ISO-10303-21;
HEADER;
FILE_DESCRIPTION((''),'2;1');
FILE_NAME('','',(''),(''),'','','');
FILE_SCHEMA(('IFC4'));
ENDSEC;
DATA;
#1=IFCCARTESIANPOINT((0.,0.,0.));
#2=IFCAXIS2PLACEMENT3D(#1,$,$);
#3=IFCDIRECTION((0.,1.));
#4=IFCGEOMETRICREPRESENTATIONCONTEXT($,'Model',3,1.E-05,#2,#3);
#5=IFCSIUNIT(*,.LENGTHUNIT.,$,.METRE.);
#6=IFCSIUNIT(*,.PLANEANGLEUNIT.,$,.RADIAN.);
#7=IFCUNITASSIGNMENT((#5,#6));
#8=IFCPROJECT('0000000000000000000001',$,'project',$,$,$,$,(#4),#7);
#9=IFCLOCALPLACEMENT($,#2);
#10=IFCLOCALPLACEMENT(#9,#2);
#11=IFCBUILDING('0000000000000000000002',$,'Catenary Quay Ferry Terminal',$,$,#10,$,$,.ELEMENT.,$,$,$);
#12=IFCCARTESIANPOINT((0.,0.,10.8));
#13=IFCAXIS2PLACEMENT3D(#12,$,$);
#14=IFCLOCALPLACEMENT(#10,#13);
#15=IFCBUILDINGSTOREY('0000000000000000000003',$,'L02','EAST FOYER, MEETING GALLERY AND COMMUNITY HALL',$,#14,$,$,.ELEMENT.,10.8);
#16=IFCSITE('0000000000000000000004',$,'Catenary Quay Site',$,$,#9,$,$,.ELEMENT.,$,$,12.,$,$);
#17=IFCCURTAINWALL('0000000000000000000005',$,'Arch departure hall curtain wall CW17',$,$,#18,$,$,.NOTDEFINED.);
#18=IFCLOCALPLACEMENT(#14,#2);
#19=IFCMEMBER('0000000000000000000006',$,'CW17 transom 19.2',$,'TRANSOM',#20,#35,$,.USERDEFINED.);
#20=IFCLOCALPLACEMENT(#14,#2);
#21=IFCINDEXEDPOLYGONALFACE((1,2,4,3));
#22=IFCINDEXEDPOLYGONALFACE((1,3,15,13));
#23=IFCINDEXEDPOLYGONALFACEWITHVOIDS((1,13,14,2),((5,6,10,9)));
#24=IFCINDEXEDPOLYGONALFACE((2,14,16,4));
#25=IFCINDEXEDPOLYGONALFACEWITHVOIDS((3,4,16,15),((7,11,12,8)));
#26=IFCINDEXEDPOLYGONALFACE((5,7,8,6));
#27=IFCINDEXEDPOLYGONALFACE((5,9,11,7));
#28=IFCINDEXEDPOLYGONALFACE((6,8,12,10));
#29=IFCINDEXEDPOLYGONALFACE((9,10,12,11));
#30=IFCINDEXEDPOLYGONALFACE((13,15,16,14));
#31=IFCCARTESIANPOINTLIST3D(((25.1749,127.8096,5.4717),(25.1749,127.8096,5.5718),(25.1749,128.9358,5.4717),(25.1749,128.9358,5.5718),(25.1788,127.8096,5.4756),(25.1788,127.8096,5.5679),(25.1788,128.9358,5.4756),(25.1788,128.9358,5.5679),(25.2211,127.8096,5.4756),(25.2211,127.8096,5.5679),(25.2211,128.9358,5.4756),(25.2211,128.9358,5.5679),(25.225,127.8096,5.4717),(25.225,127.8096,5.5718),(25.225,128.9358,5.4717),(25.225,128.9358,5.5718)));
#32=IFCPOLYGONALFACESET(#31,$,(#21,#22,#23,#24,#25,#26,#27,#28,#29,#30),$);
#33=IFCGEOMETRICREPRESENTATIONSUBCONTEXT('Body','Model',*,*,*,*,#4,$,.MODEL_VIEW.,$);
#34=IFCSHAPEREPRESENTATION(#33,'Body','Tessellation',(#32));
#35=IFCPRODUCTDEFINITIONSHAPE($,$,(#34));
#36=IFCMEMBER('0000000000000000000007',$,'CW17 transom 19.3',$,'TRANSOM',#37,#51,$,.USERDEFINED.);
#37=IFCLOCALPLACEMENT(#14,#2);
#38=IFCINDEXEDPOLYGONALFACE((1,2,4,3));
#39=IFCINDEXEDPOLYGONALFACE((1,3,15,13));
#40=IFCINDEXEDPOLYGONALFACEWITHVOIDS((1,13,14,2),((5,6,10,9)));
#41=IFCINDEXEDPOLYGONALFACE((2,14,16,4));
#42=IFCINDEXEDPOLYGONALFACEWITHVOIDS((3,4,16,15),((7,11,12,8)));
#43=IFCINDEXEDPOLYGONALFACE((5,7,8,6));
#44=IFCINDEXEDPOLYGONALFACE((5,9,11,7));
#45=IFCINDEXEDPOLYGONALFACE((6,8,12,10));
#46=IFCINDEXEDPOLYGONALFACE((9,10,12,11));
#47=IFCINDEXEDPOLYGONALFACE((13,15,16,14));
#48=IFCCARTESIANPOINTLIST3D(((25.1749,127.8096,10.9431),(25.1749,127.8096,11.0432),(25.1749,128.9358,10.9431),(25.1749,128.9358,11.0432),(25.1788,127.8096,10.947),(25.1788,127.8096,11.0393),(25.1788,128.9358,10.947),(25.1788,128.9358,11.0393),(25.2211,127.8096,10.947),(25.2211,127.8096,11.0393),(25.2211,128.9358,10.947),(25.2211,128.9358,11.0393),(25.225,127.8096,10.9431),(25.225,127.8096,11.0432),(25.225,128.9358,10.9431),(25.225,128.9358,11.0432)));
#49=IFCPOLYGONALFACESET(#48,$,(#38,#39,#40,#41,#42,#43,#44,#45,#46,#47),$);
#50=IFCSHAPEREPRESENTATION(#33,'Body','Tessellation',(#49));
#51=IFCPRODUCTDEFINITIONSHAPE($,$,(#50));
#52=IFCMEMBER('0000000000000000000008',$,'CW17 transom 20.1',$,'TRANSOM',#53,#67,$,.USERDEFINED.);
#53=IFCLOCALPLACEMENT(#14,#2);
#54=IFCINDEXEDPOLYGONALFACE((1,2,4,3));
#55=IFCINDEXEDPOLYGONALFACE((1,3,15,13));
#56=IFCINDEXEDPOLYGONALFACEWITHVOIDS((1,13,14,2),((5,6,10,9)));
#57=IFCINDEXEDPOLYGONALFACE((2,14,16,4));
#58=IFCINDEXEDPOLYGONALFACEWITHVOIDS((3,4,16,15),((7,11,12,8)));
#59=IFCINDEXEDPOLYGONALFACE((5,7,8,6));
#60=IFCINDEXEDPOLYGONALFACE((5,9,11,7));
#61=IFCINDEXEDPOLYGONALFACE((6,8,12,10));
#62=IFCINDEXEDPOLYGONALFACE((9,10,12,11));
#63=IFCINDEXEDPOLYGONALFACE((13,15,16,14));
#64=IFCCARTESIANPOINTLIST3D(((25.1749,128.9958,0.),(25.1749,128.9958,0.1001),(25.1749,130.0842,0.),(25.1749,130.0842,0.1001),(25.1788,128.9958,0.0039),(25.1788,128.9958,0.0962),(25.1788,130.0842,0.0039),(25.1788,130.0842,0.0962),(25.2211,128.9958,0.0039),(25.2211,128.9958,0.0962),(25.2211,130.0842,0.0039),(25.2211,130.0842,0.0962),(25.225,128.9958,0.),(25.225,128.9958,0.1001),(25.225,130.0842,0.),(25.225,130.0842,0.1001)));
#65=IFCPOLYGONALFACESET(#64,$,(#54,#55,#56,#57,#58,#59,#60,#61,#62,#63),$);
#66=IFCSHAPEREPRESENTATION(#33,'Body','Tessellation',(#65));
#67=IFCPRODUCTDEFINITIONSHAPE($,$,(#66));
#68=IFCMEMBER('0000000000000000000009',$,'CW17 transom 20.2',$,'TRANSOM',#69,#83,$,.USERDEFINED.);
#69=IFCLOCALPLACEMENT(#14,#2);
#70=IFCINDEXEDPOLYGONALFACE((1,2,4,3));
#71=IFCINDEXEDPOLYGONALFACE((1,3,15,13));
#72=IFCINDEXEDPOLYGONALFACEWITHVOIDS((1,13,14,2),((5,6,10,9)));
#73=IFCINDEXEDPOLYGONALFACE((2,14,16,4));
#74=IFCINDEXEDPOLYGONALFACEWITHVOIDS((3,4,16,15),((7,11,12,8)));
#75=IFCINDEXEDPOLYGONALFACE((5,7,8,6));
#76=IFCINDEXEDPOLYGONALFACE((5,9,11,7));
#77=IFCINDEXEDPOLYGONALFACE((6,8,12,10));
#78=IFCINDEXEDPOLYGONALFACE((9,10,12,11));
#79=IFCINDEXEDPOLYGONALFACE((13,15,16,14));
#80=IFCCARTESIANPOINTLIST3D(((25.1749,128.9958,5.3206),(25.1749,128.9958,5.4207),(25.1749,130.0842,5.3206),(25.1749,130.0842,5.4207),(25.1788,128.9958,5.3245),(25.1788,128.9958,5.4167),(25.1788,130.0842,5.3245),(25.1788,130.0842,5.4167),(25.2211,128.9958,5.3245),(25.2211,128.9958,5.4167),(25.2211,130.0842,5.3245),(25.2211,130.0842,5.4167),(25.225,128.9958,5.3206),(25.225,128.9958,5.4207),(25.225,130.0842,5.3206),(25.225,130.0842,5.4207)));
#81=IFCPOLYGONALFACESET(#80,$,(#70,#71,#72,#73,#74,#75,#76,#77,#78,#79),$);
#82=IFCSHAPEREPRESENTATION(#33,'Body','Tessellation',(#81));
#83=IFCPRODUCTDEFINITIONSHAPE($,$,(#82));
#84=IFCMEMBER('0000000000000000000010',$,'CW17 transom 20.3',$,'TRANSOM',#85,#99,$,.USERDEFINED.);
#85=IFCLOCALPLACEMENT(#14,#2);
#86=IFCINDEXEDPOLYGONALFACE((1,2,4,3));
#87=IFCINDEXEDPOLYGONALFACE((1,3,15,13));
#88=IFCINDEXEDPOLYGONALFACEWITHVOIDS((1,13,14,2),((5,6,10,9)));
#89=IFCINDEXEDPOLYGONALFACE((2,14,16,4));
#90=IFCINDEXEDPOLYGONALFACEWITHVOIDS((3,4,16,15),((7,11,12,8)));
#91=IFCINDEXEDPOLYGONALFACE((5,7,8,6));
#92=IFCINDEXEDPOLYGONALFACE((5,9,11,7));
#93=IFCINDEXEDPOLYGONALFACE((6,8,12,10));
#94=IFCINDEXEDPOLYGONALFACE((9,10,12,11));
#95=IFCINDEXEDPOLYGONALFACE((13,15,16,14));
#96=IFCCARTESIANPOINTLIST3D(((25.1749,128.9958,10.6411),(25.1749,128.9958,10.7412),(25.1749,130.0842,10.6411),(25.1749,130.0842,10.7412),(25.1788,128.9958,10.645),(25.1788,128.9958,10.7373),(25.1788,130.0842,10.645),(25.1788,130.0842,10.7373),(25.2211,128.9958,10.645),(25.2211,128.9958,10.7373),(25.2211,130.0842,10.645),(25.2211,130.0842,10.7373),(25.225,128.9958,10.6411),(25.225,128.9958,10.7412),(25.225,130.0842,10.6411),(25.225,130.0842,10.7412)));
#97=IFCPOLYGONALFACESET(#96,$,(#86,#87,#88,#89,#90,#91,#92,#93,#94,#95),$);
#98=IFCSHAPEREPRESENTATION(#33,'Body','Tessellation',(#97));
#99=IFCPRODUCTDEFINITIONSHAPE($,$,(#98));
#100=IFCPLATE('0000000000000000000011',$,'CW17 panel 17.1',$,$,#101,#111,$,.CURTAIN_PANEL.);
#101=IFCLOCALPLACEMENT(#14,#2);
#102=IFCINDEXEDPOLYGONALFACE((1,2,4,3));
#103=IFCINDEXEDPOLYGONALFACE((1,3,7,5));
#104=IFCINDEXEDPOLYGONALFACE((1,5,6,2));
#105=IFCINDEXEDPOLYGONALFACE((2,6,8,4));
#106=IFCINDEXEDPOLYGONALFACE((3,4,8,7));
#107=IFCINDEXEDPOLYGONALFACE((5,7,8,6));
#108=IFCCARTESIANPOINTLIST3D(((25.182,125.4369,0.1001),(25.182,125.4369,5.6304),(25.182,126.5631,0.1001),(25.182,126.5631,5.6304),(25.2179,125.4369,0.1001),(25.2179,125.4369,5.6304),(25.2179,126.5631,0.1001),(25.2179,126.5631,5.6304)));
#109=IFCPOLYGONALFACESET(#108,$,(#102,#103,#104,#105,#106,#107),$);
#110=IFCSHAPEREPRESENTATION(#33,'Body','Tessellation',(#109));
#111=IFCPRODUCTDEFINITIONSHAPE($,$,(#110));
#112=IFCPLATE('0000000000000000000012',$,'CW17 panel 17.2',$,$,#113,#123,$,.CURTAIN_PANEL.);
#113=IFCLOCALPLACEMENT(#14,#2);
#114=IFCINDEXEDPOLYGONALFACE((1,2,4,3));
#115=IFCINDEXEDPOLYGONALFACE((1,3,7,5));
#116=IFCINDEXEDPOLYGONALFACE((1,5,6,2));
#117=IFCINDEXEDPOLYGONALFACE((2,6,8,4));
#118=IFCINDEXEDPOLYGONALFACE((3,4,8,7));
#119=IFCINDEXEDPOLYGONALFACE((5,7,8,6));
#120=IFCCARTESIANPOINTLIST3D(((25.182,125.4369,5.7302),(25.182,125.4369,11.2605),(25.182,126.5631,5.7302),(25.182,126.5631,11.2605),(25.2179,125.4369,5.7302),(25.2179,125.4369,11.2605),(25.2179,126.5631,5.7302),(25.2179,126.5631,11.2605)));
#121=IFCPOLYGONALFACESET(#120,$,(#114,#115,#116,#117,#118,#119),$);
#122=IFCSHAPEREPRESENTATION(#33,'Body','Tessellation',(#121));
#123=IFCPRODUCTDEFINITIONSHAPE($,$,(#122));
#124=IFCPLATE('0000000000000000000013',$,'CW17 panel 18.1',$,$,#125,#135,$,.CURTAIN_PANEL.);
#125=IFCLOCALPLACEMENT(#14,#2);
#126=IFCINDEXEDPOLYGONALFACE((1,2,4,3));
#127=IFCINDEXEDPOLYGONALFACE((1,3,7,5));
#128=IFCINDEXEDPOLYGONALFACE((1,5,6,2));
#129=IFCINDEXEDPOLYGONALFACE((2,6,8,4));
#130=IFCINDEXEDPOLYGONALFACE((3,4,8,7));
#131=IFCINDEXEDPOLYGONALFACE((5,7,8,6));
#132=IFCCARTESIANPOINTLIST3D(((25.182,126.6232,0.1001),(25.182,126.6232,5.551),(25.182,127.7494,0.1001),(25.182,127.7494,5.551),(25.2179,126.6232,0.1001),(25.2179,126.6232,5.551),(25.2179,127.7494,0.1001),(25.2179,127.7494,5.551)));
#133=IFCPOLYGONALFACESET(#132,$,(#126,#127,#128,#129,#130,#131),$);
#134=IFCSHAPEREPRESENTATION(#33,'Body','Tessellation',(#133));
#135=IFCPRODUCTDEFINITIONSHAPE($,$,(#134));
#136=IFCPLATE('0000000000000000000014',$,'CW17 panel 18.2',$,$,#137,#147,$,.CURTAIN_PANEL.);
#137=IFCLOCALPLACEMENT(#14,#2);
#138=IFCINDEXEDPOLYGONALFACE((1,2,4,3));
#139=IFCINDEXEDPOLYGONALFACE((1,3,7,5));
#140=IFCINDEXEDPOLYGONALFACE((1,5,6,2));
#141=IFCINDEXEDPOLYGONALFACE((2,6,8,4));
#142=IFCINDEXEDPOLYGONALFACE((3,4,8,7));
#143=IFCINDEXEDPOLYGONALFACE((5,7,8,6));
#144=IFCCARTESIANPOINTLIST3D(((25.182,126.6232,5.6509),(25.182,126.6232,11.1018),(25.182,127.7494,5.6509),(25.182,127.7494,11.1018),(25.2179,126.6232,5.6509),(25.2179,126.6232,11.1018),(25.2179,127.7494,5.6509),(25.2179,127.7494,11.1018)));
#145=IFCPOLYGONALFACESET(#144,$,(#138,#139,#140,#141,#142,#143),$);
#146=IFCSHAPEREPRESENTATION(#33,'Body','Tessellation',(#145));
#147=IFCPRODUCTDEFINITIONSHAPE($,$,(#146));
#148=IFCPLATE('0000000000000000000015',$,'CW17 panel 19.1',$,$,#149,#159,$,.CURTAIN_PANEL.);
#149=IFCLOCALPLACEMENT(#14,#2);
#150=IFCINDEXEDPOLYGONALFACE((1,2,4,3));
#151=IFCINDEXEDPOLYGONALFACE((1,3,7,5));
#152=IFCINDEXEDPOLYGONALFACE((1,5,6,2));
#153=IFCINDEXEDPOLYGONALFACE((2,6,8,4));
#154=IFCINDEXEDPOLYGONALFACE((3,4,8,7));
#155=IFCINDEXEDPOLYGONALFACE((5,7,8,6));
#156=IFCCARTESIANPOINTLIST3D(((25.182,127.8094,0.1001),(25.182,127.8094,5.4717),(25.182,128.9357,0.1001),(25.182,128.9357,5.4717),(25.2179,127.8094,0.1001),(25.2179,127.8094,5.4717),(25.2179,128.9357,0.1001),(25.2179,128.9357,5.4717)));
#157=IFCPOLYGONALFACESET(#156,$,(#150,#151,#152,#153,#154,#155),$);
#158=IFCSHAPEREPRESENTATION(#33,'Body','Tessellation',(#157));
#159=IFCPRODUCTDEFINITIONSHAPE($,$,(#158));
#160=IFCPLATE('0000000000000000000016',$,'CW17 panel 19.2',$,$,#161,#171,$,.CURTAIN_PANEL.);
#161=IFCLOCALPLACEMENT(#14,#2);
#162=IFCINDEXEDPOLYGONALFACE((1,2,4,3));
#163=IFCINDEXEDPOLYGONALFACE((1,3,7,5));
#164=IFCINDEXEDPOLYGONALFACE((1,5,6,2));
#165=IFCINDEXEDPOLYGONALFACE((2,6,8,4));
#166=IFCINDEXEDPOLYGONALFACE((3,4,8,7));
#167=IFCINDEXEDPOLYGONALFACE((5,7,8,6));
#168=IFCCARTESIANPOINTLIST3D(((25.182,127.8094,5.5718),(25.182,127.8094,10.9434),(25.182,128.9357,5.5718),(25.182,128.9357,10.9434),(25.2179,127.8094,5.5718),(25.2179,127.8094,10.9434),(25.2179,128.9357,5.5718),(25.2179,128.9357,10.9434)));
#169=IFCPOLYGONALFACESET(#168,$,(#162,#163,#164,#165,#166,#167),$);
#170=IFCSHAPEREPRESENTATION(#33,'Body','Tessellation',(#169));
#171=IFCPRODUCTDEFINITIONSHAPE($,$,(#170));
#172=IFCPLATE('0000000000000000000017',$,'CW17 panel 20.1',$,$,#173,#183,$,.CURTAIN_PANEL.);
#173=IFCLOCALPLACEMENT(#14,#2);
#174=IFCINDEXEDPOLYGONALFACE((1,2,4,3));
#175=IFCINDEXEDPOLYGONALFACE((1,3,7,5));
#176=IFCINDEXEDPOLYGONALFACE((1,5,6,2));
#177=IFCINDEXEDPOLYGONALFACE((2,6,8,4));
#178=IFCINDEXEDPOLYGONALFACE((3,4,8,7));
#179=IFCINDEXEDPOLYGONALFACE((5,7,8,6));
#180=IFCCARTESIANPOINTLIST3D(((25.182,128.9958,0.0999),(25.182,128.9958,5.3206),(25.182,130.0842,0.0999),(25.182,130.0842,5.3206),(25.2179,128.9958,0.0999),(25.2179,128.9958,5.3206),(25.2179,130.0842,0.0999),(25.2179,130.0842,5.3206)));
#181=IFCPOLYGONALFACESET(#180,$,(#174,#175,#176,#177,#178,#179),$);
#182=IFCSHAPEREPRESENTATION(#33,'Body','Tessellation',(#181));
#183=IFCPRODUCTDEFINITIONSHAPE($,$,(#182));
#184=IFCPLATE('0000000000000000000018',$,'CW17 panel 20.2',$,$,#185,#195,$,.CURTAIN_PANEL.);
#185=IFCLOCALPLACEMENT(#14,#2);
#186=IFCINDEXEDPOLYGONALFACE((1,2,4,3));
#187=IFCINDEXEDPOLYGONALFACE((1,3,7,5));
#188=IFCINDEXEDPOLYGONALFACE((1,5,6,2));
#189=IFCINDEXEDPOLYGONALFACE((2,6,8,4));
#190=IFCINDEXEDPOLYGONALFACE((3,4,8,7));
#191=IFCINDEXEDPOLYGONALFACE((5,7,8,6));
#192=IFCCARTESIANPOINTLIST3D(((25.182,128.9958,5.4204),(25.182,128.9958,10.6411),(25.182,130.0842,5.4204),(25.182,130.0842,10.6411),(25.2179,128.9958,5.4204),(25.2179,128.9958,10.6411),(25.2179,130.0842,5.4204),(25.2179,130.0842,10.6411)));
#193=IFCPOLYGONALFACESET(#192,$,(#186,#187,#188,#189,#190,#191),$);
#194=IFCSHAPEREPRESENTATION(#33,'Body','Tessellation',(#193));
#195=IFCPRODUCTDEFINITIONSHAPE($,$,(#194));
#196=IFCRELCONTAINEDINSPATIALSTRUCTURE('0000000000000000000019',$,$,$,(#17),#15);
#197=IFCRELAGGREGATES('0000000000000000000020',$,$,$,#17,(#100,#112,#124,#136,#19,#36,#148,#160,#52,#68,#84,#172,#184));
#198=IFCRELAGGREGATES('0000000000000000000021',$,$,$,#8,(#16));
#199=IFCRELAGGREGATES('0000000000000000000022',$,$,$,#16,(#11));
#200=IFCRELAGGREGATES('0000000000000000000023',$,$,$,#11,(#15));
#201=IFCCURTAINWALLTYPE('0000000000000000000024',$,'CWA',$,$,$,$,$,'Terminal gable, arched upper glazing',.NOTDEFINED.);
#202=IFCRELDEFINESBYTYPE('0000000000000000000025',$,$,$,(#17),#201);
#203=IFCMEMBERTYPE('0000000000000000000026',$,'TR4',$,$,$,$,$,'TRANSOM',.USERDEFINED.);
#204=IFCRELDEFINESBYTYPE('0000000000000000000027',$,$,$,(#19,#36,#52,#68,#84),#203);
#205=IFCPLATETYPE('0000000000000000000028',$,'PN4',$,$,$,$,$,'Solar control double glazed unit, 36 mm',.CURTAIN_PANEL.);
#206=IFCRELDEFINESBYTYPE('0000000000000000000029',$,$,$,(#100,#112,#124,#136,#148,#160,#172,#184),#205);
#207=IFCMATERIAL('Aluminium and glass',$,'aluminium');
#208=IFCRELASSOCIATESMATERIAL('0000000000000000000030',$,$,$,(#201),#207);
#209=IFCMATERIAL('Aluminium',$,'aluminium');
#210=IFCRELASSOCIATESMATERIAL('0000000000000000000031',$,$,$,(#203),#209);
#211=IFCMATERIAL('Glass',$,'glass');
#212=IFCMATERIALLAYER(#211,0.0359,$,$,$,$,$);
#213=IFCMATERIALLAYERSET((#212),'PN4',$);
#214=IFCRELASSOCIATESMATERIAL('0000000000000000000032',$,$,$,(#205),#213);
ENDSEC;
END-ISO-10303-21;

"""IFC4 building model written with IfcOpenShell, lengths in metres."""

from ifc_helpers import new_model, si_unit, direction, frame, origin, origin_2d, place, context, subcontext, project, spatial, rectangle, hollow_rectangle, extrude, material, layer, layer_set, material_profile, profile_set, type_object, element, aggregate, save


model = new_model("IFC4")

# Units and contexts
model_context = context("Model", 3, precision=1e-05, world=origin(), true_north=direction((0.0, 1.0)))
body_context = subcontext(model_context, "Body", "Model", "MODEL_VIEW")
ifc_project = project(units=[si_unit("LENGTHUNIT", "METRE"), si_unit("PLANEANGLEUNIT", "RADIAN")], contexts=[model_context])

# Site, building, storey
site_placement = place(None, origin())
site = spatial("IfcSite", under=ifc_project, at=site_placement, Name="Catenary Quay Site", CompositionType="ELEMENT", RefElevation=12.0)
building_placement = place(site_placement, origin())
building = spatial("IfcBuilding", under=site, at=building_placement, Name="Catenary Quay Ferry Terminal", CompositionType="ELEMENT")
storey_placement = place(building_placement, frame((0.0, 0.0, 10.8)))
storey = spatial("IfcBuildingStorey", under=building, at=storey_placement, Name="L02", Description="EAST FOYER, MEETING GALLERY AND COMMUNITY HALL", CompositionType="ELEMENT", Elevation=10.8)

# Curtain wall, members, plates
ifc_material_1 = material(Name="Aluminium and glass", Category="aluminium")
curtain_wall_type = type_object("IfcCurtainWallType", Name="CWA", ElementType="Terminal gable, arched upper glazing", PredefinedType="NOTDEFINED", material=ifc_material_1)
curtain_wall_placement = place(storey_placement, origin())
curtain_wall = element("IfcCurtainWall", 1, at=curtain_wall_placement, inside=storey, type_object=curtain_wall_type, Name="Arch departure hall curtain wall CW17", PredefinedType="NOTDEFINED")
ifc_material_2 = material(Name="Aluminium", Category="aluminium")
ifc_material_profile_1 = material_profile(ifc_material_2, hollow_rectangle(XDim=0.05, YDim=0.1001, WallThickness=0.0039, at=origin_2d()), Name="TR4")
ifc_profile_set_1 = profile_set([ifc_material_profile_1], Name="Aluminium")
member_type_1 = type_object("IfcMemberType", Name="TR4", ElementType="TRANSOM", PredefinedType="USERDEFINED", material=ifc_profile_set_1)
member_1_placement = place(storey_placement, frame((25.2, 127.8096, 5.5217), z_axis=(0.0, 1.0, 0.0), x_axis=(-1.0, 0.0, 0.0)))
member_1 = element("IfcMember", 2, at=member_1_placement, type_object=member_type_1, Name="CW17 transom 19.2", ObjectType="TRANSOM", PredefinedType="USERDEFINED", context=body_context, shape_type="SweptSolid", body=[
    extrude(hollow_rectangle(XDim=0.05, YDim=0.1001, WallThickness=0.0039, at=origin_2d()), origin(), (0.0, 0.0, 1.0), 1.1262),
])
member_2_placement = place(storey_placement, frame((25.2, 127.8096, 10.9932), z_axis=(0.0, 1.0, 0.0), x_axis=(-1.0, 0.0, 0.0)))
member_2 = element("IfcMember", 3, at=member_2_placement, type_object=member_type_1, Name="CW17 transom 19.3", ObjectType="TRANSOM", PredefinedType="USERDEFINED", context=body_context, shape_type="SweptSolid", body=[
    extrude(hollow_rectangle(XDim=0.05, YDim=0.1001, WallThickness=0.0039, at=origin_2d()), origin(), (0.0, 0.0, 1.0), 1.1262),
])
member_3_placement = place(storey_placement, frame((25.2, 128.9958, 0.05), z_axis=(0.0, 1.0, 0.0), x_axis=(-1.0, 0.0, 0.0)))
member_3 = element("IfcMember", 4, at=member_3_placement, type_object=member_type_1, Name="CW17 transom 20.1", ObjectType="TRANSOM", PredefinedType="USERDEFINED", context=body_context, shape_type="SweptSolid", body=[
    extrude(hollow_rectangle(XDim=0.05, YDim=0.1001, WallThickness=0.0039, at=origin_2d()), origin(), (0.0, 0.0, 1.0), 1.0884),
])
member_4_placement = place(storey_placement, frame((25.2, 128.9958, 5.3706), z_axis=(0.0, 1.0, 0.0), x_axis=(-1.0, 0.0, 0.0)))
member_4 = element("IfcMember", 5, at=member_4_placement, type_object=member_type_1, Name="CW17 transom 20.2", ObjectType="TRANSOM", PredefinedType="USERDEFINED", context=body_context, shape_type="SweptSolid", body=[
    extrude(hollow_rectangle(XDim=0.05, YDim=0.1001, WallThickness=0.0039, at=origin_2d()), origin(), (0.0, 0.0, 1.0), 1.0884),
])
member_5_placement = place(storey_placement, frame((25.2, 128.9958, 10.6912), z_axis=(0.0, 1.0, 0.0), x_axis=(-1.0, 0.0, 0.0)))
member_5 = element("IfcMember", 6, at=member_5_placement, type_object=member_type_1, Name="CW17 transom 20.3", ObjectType="TRANSOM", PredefinedType="USERDEFINED", context=body_context, shape_type="SweptSolid", body=[
    extrude(hollow_rectangle(XDim=0.05, YDim=0.1001, WallThickness=0.0039, at=origin_2d()), origin(), (0.0, 0.0, 1.0), 1.0884),
])
ifc_material_3 = material(Name="Glass", Category="glass")
ifc_layer_1 = layer(ifc_material_3, 0.0359)
ifc_layer_set_1 = layer_set([ifc_layer_1], Name="PN4")
plate_type_1 = type_object("IfcPlateType", Name="PN4", ElementType="Solar control double glazed unit, 36 mm", PredefinedType="CURTAIN_PANEL", material=ifc_layer_set_1)
plate_1_placement = place(storey_placement, frame((25.2, 126.0, 0.1001), z_axis=(0.0, 0.0, 1.0), x_axis=(0.0, 1.0, 0.0)))
plate_1 = element("IfcPlate", 7, at=plate_1_placement, type_object=plate_type_1, Name="CW17 panel 17.1", PredefinedType="CURTAIN_PANEL", context=body_context, shape_type="SweptSolid", body=[
    extrude(rectangle(XDim=1.1262, YDim=0.0359, at=origin_2d()), origin(), (0.0, 0.0, 1.0), 5.5303),
])
plate_2_placement = place(storey_placement, frame((25.2, 126.0, 5.7302), z_axis=(0.0, 0.0, 1.0), x_axis=(0.0, 1.0, 0.0)))
plate_2 = element("IfcPlate", 8, at=plate_2_placement, type_object=plate_type_1, Name="CW17 panel 17.2", PredefinedType="CURTAIN_PANEL", context=body_context, shape_type="SweptSolid", body=[
    extrude(rectangle(XDim=1.1262, YDim=0.0359, at=origin_2d()), origin(), (0.0, 0.0, 1.0), 5.5303),
])
plate_3_placement = place(storey_placement, frame((25.2, 127.1863, 0.1001), z_axis=(0.0, 0.0, 1.0), x_axis=(0.0, 1.0, 0.0)))
plate_3 = element("IfcPlate", 9, at=plate_3_placement, type_object=plate_type_1, Name="CW17 panel 18.1", PredefinedType="CURTAIN_PANEL", context=body_context, shape_type="SweptSolid", body=[
    extrude(rectangle(XDim=1.1262, YDim=0.0359, at=origin_2d()), origin(), (0.0, 0.0, 1.0), 5.4509),
])
plate_4_placement = place(storey_placement, frame((25.2, 127.1863, 5.6509), z_axis=(0.0, 0.0, 1.0), x_axis=(0.0, 1.0, 0.0)))
plate_4 = element("IfcPlate", 10, at=plate_4_placement, type_object=plate_type_1, Name="CW17 panel 18.2", PredefinedType="CURTAIN_PANEL", context=body_context, shape_type="SweptSolid", body=[
    extrude(rectangle(XDim=1.1262, YDim=0.0359, at=origin_2d()), origin(), (0.0, 0.0, 1.0), 5.4509),
])
plate_5_placement = place(storey_placement, frame((25.2, 128.3726, 0.1001), z_axis=(0.0, 0.0, 1.0), x_axis=(0.0, 1.0, 0.0)))
plate_5 = element("IfcPlate", 11, at=plate_5_placement, type_object=plate_type_1, Name="CW17 panel 19.1", PredefinedType="CURTAIN_PANEL", context=body_context, shape_type="SweptSolid", body=[
    extrude(rectangle(XDim=1.1262, YDim=0.0359, at=origin_2d()), origin(), (0.0, 0.0, 1.0), 5.3716),
])
plate_6_placement = place(storey_placement, frame((25.2, 128.3726, 5.5718), z_axis=(0.0, 0.0, 1.0), x_axis=(0.0, 1.0, 0.0)))
plate_6 = element("IfcPlate", 12, at=plate_6_placement, type_object=plate_type_1, Name="CW17 panel 19.2", PredefinedType="CURTAIN_PANEL", context=body_context, shape_type="SweptSolid", body=[
    extrude(rectangle(XDim=1.1262, YDim=0.0359, at=origin_2d()), origin(), (0.0, 0.0, 1.0), 5.3716),
])
plate_7_placement = place(storey_placement, frame((25.2, 129.54, 0.0999), z_axis=(0.0, 0.0, 1.0), x_axis=(0.0, 1.0, 0.0)))
plate_7 = element("IfcPlate", 13, at=plate_7_placement, type_object=plate_type_1, Name="CW17 panel 20.1", PredefinedType="CURTAIN_PANEL", context=body_context, shape_type="SweptSolid", body=[
    extrude(rectangle(XDim=1.0884, YDim=0.0359, at=origin_2d()), origin(), (0.0, 0.0, 1.0), 5.2207),
])
plate_8_placement = place(storey_placement, frame((25.2, 129.54, 5.4204), z_axis=(0.0, 0.0, 1.0), x_axis=(0.0, 1.0, 0.0)))
plate_8 = element("IfcPlate", 14, at=plate_8_placement, type_object=plate_type_1, Name="CW17 panel 20.2", PredefinedType="CURTAIN_PANEL", context=body_context, shape_type="SweptSolid", body=[
    extrude(rectangle(XDim=1.0884, YDim=0.0359, at=origin_2d()), origin(), (0.0, 0.0, 1.0), 5.2207),
])
aggregate(curtain_wall, [plate_1, plate_2, plate_3, plate_4, member_1, member_2, plate_5, plate_6, member_3, member_4, member_5, plate_7, plate_8])

save(model, "model.ifc")
